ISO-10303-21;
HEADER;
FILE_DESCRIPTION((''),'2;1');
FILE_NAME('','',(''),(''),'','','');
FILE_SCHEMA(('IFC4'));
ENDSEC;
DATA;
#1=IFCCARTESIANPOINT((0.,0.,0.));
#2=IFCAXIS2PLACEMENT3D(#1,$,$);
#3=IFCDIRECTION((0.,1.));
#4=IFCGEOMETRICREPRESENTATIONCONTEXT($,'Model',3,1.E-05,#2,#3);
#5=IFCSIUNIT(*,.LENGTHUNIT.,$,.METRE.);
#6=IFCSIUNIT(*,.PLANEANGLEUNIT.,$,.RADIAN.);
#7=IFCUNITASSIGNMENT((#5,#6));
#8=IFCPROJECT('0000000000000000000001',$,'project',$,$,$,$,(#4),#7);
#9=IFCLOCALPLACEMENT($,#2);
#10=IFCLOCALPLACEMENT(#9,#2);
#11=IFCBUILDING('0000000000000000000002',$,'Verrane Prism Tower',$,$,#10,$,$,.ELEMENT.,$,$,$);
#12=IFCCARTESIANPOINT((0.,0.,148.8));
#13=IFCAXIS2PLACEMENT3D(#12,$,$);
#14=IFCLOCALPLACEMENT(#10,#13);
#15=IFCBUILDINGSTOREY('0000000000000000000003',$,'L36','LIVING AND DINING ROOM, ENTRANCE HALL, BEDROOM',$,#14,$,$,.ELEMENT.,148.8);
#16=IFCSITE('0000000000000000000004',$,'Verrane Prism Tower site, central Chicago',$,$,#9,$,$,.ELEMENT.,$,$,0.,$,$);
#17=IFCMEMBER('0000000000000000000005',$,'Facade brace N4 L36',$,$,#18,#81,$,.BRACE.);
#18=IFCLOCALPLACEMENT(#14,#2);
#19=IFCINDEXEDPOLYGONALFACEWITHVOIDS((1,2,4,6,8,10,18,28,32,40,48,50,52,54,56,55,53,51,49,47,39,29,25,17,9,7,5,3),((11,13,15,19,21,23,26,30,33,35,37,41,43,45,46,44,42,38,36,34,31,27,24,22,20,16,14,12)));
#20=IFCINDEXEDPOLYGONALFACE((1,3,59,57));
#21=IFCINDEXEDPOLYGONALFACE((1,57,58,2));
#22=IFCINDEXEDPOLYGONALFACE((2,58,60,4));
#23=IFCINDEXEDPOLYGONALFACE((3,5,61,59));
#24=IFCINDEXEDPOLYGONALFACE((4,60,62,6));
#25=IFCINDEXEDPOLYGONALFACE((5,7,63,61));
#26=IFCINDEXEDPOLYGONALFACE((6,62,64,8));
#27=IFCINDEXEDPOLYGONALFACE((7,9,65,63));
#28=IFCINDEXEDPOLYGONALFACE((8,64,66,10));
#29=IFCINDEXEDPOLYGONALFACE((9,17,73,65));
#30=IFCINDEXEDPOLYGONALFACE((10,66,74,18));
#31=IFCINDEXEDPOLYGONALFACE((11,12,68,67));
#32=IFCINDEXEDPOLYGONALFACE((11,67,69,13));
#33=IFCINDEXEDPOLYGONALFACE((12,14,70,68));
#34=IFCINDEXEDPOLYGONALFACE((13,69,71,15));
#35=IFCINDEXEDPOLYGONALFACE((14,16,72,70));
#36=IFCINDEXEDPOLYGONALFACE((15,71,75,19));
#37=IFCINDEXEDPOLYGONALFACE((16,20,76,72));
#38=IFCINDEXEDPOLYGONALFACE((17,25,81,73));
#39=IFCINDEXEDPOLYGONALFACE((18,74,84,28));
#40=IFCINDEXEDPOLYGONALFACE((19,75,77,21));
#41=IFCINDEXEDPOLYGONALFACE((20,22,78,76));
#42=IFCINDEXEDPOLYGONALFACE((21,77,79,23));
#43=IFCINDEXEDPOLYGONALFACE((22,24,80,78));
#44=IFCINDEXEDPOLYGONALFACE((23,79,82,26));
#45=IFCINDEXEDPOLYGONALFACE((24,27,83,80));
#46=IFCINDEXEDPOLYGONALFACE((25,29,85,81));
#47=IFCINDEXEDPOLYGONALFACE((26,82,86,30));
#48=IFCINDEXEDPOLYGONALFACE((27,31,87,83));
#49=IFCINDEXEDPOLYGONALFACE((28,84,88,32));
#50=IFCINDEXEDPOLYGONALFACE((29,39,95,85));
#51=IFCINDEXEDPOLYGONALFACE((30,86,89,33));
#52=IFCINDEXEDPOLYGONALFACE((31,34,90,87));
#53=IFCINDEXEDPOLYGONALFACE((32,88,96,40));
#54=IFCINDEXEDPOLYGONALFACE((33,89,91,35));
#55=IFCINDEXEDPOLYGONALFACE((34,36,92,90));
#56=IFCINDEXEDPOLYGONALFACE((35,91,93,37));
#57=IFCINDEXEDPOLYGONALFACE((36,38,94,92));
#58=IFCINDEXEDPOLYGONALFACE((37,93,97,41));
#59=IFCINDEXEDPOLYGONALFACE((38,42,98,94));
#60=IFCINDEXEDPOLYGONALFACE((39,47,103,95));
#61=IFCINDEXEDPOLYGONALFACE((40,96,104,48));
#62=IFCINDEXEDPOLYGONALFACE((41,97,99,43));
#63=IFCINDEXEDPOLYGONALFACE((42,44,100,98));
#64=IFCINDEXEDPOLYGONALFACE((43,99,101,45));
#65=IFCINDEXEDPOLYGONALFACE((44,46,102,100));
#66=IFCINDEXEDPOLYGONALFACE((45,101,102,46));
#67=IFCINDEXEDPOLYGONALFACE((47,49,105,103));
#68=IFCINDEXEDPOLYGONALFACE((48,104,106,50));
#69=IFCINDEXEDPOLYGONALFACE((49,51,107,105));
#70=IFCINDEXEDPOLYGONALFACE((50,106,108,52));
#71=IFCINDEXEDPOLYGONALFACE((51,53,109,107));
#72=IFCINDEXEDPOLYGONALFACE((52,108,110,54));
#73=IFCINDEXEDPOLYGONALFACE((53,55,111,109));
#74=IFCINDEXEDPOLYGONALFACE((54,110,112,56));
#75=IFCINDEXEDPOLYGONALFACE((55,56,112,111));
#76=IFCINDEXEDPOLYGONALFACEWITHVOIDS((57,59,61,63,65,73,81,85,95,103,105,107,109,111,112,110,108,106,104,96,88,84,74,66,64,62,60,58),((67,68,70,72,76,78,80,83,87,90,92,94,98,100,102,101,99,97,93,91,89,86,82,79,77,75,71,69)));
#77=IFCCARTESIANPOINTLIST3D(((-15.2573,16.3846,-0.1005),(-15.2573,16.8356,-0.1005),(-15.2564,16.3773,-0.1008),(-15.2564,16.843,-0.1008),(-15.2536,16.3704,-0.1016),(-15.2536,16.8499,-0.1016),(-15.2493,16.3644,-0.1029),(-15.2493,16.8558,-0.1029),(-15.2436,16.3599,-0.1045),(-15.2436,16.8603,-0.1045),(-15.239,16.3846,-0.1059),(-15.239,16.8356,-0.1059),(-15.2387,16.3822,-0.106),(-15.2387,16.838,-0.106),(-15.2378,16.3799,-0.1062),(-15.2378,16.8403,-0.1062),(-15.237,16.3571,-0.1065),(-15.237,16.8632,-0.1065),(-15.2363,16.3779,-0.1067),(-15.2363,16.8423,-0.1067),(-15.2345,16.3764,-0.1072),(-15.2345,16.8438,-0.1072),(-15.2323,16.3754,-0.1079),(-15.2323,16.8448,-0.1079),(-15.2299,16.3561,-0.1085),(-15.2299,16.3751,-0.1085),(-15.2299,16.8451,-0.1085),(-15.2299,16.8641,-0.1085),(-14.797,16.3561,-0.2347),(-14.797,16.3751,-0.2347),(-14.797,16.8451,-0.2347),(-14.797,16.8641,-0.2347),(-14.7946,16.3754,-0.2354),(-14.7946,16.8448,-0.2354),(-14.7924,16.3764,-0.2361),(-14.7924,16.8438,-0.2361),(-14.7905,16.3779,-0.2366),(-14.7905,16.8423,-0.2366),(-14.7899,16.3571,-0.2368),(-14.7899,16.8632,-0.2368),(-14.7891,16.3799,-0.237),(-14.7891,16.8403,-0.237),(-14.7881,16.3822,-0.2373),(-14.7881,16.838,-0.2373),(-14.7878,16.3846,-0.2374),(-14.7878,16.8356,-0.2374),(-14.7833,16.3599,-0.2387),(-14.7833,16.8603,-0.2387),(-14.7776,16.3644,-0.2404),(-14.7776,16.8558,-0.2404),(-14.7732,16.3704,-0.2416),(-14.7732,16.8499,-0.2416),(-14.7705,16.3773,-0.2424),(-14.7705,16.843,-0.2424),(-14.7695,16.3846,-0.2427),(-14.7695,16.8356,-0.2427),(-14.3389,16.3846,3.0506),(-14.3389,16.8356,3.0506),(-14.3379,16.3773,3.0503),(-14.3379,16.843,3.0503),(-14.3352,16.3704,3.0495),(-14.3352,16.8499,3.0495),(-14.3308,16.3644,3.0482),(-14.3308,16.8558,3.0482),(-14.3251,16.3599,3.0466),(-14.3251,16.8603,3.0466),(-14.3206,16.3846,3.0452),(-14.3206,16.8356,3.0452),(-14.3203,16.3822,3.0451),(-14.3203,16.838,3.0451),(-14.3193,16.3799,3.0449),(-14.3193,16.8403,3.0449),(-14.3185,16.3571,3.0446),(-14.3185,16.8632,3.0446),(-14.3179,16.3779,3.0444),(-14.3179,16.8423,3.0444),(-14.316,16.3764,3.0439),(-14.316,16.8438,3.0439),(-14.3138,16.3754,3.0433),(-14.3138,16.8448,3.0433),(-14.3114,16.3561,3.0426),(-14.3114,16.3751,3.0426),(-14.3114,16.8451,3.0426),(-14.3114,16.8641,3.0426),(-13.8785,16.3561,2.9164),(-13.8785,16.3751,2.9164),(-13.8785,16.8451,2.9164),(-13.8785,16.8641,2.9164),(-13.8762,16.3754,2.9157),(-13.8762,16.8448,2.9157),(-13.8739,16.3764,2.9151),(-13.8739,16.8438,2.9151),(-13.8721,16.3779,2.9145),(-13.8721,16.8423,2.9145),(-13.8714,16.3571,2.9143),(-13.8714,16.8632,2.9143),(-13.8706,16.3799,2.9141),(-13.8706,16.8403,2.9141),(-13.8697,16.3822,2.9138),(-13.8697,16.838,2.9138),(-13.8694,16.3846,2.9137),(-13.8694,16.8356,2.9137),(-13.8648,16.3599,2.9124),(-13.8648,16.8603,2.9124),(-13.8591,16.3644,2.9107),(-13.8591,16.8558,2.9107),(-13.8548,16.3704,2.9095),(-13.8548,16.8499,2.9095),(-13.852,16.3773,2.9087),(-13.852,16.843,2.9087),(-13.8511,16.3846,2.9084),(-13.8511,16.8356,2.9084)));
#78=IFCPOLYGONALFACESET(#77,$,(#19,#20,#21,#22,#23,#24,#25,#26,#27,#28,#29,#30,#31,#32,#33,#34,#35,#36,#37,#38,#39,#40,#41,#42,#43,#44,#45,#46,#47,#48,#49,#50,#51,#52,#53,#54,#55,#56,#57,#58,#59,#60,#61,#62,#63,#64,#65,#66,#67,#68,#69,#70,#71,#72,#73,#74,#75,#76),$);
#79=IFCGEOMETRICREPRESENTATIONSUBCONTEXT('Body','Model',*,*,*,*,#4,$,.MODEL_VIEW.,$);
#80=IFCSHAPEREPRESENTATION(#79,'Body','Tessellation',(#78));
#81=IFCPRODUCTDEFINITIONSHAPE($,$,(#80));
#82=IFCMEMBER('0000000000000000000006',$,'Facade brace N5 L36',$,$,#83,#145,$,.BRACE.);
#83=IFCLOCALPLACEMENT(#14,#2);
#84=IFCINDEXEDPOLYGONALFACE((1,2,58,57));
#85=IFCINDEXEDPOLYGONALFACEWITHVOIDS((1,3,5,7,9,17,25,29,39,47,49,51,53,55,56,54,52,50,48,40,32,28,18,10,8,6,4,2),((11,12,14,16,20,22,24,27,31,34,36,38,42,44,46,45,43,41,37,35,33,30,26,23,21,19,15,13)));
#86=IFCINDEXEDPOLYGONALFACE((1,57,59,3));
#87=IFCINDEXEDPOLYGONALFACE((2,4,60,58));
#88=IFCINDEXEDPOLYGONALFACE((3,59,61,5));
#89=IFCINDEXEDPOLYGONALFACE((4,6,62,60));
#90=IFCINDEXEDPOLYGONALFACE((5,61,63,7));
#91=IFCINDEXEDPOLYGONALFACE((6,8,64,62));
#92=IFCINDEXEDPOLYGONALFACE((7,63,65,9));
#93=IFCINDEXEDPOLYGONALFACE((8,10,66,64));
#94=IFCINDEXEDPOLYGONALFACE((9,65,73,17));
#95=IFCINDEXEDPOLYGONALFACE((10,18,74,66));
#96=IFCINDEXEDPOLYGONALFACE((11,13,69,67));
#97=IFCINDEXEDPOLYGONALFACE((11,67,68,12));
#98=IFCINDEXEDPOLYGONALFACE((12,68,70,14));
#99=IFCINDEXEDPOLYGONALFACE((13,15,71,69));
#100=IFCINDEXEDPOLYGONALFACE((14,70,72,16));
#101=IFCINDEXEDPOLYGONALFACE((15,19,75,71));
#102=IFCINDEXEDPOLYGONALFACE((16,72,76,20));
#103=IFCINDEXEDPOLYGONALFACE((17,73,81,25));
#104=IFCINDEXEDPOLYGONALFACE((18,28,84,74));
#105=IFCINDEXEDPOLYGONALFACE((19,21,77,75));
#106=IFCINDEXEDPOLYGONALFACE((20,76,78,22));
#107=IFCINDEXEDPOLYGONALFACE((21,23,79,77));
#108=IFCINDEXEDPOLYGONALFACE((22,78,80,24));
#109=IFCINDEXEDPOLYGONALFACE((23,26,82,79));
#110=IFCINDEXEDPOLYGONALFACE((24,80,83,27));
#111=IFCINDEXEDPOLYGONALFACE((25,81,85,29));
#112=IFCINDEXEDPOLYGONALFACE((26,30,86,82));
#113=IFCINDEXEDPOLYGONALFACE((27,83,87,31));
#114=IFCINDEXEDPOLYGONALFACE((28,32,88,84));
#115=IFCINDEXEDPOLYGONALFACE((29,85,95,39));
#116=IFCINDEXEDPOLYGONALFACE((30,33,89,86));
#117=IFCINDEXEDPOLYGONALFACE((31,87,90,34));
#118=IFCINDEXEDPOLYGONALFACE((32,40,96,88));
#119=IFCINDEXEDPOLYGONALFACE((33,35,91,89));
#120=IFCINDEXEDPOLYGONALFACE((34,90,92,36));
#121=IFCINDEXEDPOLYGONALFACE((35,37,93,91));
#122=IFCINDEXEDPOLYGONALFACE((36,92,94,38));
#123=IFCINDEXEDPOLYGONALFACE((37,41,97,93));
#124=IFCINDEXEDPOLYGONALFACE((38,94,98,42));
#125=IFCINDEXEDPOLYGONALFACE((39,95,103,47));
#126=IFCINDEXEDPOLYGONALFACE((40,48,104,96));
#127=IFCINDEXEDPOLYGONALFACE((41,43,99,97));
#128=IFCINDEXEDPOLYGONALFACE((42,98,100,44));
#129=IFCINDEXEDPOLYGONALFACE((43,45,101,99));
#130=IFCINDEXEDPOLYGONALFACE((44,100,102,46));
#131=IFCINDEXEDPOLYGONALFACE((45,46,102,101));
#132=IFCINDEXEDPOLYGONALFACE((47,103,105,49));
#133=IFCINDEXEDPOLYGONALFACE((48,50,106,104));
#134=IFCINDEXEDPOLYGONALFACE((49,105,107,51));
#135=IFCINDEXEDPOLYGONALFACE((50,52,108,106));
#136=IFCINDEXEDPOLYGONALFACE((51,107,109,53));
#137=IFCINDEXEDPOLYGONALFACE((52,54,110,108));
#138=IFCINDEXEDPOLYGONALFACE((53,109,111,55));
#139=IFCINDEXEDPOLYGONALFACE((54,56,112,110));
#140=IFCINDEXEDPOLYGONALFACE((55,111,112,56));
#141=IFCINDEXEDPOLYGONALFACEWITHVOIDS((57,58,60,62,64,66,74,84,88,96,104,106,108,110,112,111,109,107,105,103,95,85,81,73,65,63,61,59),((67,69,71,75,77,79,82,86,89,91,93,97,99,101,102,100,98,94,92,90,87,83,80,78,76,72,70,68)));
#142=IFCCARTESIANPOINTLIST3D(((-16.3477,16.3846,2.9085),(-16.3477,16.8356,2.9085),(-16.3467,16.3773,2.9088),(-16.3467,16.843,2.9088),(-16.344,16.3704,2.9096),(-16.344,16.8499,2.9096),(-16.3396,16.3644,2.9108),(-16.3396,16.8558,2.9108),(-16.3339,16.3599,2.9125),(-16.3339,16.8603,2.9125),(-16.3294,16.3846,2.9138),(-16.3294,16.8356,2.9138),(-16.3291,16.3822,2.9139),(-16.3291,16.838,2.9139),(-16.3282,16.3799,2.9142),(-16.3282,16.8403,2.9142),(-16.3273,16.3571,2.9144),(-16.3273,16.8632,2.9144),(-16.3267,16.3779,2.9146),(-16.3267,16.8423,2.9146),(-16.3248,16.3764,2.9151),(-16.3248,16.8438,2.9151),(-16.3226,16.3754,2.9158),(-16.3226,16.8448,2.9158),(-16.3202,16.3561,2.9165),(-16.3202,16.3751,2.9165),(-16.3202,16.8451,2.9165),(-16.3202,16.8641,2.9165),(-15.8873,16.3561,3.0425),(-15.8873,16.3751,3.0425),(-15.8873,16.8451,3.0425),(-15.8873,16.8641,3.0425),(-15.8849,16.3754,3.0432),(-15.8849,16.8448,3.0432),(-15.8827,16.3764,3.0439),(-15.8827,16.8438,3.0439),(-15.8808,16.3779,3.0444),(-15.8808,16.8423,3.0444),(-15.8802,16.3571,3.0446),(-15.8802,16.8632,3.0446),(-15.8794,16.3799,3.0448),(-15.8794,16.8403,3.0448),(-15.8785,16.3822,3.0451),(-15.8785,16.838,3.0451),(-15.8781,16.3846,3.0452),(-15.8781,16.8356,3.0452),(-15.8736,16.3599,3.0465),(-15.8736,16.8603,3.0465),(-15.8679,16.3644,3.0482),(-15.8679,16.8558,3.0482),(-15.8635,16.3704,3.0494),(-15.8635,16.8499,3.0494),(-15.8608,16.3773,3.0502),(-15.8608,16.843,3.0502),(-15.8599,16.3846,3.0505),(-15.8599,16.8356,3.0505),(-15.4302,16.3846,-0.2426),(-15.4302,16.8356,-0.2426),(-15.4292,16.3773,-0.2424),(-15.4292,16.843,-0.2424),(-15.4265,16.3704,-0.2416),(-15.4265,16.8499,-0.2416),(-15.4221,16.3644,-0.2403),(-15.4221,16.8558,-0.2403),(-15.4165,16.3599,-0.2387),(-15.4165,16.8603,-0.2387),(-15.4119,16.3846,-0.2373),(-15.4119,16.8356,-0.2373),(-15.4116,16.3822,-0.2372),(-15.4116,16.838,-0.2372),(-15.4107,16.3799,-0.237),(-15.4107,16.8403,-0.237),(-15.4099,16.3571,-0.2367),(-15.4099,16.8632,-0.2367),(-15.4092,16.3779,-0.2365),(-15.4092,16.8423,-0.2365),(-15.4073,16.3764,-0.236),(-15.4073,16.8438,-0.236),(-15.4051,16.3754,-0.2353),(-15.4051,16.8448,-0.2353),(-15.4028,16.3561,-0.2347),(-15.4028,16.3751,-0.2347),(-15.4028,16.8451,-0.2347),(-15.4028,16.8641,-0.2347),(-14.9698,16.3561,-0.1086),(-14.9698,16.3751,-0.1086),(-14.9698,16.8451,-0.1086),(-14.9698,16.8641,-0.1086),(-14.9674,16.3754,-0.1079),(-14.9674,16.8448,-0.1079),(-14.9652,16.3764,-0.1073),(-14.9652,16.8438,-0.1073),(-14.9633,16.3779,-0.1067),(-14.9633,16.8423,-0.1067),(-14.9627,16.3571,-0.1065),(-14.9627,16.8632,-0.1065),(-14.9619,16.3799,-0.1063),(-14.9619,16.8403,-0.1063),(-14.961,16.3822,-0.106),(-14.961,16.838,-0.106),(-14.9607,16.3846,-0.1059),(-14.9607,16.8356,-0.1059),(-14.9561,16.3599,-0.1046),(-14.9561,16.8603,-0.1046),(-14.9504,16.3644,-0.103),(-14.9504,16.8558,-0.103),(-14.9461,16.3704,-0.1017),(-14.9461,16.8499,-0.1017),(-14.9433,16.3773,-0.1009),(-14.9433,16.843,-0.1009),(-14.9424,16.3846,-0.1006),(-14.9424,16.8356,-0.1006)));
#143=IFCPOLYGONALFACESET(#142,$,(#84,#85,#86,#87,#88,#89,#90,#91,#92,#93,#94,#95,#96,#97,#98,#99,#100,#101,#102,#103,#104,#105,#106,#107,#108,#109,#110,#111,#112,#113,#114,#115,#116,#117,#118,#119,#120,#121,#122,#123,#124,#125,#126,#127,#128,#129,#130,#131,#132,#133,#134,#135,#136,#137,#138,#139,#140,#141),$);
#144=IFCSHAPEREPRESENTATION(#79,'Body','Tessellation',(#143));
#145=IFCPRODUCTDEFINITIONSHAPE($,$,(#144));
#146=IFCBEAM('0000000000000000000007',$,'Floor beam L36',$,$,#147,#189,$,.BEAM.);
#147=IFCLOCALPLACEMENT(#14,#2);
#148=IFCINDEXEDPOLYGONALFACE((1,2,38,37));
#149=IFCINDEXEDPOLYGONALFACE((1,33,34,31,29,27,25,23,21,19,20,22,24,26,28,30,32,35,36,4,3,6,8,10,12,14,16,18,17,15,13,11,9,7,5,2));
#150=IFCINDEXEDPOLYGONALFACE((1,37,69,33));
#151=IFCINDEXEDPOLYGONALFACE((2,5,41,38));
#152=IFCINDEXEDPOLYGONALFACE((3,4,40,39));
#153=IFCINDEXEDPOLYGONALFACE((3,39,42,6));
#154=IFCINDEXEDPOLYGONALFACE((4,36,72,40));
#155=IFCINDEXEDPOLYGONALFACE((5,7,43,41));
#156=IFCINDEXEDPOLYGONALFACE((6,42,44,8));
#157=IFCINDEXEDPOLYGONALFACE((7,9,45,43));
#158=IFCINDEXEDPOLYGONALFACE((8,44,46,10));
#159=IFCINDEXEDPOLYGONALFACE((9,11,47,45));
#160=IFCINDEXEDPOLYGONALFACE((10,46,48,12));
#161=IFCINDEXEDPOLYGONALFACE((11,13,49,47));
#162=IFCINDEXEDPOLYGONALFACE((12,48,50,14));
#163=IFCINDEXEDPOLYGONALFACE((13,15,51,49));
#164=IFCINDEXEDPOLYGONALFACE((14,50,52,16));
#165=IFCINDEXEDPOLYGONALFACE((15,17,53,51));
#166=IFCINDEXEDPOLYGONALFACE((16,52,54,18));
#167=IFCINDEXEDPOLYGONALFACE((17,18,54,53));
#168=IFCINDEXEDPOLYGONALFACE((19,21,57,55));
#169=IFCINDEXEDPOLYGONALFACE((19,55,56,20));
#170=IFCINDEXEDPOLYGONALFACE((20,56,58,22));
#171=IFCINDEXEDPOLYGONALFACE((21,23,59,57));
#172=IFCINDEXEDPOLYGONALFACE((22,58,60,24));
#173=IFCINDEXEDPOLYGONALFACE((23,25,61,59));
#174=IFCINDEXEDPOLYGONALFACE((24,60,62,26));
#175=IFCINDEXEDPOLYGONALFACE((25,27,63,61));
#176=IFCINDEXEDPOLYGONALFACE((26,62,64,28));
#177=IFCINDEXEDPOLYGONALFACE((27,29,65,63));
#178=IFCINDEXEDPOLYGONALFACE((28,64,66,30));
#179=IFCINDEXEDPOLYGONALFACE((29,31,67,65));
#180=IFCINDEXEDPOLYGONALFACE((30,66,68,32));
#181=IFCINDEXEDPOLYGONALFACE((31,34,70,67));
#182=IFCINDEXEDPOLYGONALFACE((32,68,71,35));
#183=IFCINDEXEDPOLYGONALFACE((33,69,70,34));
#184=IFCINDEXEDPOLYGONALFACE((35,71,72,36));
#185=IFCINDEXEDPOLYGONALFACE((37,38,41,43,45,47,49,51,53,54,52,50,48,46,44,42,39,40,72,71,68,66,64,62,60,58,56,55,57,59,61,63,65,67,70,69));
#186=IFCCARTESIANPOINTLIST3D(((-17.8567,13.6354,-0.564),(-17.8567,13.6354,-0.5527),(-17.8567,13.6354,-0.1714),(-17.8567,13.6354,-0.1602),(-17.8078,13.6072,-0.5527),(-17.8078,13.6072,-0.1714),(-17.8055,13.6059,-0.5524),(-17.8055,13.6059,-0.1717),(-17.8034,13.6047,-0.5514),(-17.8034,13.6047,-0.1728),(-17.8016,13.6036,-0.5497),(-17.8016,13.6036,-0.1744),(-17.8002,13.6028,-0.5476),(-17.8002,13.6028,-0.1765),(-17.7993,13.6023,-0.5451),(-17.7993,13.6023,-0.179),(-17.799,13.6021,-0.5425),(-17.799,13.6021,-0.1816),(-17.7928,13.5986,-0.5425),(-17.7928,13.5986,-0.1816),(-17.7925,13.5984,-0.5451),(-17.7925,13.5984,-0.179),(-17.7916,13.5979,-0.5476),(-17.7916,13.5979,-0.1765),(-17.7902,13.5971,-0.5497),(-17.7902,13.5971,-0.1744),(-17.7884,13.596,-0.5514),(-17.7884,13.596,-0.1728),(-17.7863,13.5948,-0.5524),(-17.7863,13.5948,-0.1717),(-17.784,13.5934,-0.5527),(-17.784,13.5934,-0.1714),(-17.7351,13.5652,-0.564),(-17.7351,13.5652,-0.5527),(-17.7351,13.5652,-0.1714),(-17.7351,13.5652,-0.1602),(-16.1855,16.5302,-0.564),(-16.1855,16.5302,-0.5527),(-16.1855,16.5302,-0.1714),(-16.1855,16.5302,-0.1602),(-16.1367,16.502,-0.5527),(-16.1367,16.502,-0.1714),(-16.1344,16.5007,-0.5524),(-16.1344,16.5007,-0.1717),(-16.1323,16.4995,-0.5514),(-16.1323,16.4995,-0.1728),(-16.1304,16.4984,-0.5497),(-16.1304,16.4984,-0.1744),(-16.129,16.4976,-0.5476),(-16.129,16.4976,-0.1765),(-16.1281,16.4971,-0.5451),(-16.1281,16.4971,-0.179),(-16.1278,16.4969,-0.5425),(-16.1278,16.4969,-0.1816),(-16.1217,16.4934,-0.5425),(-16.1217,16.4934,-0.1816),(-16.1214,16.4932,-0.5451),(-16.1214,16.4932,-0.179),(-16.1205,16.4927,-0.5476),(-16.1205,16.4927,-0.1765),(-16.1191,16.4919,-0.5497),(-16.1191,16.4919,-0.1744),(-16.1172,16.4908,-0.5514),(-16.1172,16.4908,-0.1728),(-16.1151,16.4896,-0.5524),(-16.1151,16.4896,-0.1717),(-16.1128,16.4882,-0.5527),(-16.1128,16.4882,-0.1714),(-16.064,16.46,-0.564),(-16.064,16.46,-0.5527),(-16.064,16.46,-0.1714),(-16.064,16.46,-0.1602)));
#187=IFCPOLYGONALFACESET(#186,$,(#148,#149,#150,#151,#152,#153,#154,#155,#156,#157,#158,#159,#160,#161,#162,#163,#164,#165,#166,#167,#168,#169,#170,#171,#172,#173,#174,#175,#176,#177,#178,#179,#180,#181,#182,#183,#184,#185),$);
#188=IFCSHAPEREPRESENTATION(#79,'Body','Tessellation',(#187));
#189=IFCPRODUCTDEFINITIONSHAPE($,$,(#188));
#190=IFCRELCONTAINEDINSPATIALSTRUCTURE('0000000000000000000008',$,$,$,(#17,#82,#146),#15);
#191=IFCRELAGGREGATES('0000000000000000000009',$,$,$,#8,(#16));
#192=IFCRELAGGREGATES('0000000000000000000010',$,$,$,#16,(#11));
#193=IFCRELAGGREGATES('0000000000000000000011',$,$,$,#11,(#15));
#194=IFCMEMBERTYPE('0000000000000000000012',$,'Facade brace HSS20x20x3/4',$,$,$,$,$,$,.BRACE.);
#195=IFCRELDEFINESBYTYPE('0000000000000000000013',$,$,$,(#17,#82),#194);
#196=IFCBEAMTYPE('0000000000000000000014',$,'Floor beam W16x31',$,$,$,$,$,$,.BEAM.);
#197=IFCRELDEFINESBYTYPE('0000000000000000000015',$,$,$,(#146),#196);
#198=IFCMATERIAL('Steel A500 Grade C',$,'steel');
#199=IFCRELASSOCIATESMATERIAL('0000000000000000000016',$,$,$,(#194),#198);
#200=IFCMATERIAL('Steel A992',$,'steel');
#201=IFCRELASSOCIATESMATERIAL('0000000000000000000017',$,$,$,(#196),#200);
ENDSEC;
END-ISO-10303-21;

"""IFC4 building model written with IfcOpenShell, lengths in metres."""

from ifc_helpers import new_model, si_unit, direction, frame, origin, origin_2d, place, context, subcontext, project, spatial, hollow_rectangle, i_section, extrude, material, material_profile, profile_set, type_object, element, save


model = new_model("IFC4")

# Units and contexts
model_context = context("Model", 3, precision=1e-05, world=origin(), true_north=direction((0.0, 1.0)))
body_context = subcontext(model_context, "Body", "Model", "MODEL_VIEW")
ifc_project = project(units=[si_unit("LENGTHUNIT", "METRE"), si_unit("PLANEANGLEUNIT", "RADIAN")], contexts=[model_context])

# Site, building, storey
site_placement = place(None, origin())
site = spatial("IfcSite", under=ifc_project, at=site_placement, Name="Verrane Prism Tower site, central Chicago", CompositionType="ELEMENT", RefElevation=0.0)
building_placement = place(site_placement, origin())
building = spatial("IfcBuilding", under=site, at=building_placement, Name="Verrane Prism Tower", CompositionType="ELEMENT")
storey_placement = place(building_placement, frame((0.0, 0.0, 148.8)))
storey = spatial("IfcBuildingStorey", under=building, at=storey_placement, Name="L36", Description="LIVING AND DINING ROOM, ENTRANCE HALL, BEDROOM", CompositionType="ELEMENT", Elevation=148.8)

# Members
ifc_material_1 = material(Name="Steel A500 Grade C", Category="steel")
ifc_material_profile_1 = material_profile(ifc_material_1, hollow_rectangle(XDim=0.5081, YDim=0.5081, WallThickness=0.019, InnerFilletRadius=0.0095, OuterFilletRadius=0.0286, at=origin_2d()), Name="HSS20x20x3/4")
ifc_profile_set_1 = profile_set([ifc_material_profile_1], Name="Steel A500 Grade C")
member_type_1 = type_object("IfcMemberType", Name="Facade brace HSS20x20x3/4", PredefinedType="BRACE", material=ifc_profile_set_1)
member_1_placement = place(storey_placement, frame((-15.0134, 16.6101, -0.1716), z_axis=(0.279826, 0.0, 0.960051), x_axis=(0.0, 1.0, 0.0)))
element("IfcMember", 1, at=member_1_placement, inside=storey, type_object=member_type_1, Name="Facade brace N4 L36", PredefinedType="BRACE", context=body_context, shape_type="SweptSolid", body=[
    extrude(hollow_rectangle(XDim=0.5081, YDim=0.5081, WallThickness=0.019, InnerFilletRadius=0.0095, OuterFilletRadius=0.0286, at=origin_2d()), origin(), (0.0, 0.0, 1.0), 3.2822),
])
member_2_placement = place(storey_placement, frame((-15.1863, 16.6101, -0.1716), z_axis=(-0.279551, 0.0, 0.960131), x_axis=(0.0, -1.0, 0.0)))
element("IfcMember", 2, at=member_2_placement, inside=storey, type_object=member_type_1, Name="Facade brace N5 L36", PredefinedType="BRACE", context=body_context, shape_type="SweptSolid", body=[
    extrude(hollow_rectangle(XDim=0.5081, YDim=0.5081, WallThickness=0.019, InnerFilletRadius=0.0095, OuterFilletRadius=0.0286, at=origin_2d()), origin(), (0.0, 0.0, 1.0), 3.282),
])

# Beam
ifc_material_2 = material(Name="Steel A992", Category="steel")
ifc_material_profile_2 = material_profile(ifc_material_2, i_section(OverallWidth=0.1404, OverallDepth=0.4038, WebThickness=0.0071, FlangeThickness=0.0112, FilletRadius=0.0103, at=origin_2d()), Name="W16x31")
ifc_profile_set_2 = profile_set([ifc_material_profile_2], Name="Steel A992")
beam_type_1 = type_object("IfcBeamType", Name="Floor beam W16x31", PredefinedType="BEAM", material=ifc_profile_set_2)
beam_1_placement = place(storey_placement, frame((-17.7959, 13.6003, -0.3621), z_axis=(0.499965, 0.866046, 0.0), x_axis=(-0.866046, 0.499965, 0.0)))
element("IfcBeam", 3, at=beam_1_placement, inside=storey, type_object=beam_type_1, Name="Floor beam L36", PredefinedType="BEAM", context=body_context, shape_type="SweptSolid", body=[
    extrude(i_section(OverallWidth=0.1404, OverallDepth=0.4038, WebThickness=0.0071, FlangeThickness=0.0112, FilletRadius=0.0103, at=origin_2d()), origin(), (0.0, 0.0, 1.0), 3.3425),
])

save(model, "model.ifc")
